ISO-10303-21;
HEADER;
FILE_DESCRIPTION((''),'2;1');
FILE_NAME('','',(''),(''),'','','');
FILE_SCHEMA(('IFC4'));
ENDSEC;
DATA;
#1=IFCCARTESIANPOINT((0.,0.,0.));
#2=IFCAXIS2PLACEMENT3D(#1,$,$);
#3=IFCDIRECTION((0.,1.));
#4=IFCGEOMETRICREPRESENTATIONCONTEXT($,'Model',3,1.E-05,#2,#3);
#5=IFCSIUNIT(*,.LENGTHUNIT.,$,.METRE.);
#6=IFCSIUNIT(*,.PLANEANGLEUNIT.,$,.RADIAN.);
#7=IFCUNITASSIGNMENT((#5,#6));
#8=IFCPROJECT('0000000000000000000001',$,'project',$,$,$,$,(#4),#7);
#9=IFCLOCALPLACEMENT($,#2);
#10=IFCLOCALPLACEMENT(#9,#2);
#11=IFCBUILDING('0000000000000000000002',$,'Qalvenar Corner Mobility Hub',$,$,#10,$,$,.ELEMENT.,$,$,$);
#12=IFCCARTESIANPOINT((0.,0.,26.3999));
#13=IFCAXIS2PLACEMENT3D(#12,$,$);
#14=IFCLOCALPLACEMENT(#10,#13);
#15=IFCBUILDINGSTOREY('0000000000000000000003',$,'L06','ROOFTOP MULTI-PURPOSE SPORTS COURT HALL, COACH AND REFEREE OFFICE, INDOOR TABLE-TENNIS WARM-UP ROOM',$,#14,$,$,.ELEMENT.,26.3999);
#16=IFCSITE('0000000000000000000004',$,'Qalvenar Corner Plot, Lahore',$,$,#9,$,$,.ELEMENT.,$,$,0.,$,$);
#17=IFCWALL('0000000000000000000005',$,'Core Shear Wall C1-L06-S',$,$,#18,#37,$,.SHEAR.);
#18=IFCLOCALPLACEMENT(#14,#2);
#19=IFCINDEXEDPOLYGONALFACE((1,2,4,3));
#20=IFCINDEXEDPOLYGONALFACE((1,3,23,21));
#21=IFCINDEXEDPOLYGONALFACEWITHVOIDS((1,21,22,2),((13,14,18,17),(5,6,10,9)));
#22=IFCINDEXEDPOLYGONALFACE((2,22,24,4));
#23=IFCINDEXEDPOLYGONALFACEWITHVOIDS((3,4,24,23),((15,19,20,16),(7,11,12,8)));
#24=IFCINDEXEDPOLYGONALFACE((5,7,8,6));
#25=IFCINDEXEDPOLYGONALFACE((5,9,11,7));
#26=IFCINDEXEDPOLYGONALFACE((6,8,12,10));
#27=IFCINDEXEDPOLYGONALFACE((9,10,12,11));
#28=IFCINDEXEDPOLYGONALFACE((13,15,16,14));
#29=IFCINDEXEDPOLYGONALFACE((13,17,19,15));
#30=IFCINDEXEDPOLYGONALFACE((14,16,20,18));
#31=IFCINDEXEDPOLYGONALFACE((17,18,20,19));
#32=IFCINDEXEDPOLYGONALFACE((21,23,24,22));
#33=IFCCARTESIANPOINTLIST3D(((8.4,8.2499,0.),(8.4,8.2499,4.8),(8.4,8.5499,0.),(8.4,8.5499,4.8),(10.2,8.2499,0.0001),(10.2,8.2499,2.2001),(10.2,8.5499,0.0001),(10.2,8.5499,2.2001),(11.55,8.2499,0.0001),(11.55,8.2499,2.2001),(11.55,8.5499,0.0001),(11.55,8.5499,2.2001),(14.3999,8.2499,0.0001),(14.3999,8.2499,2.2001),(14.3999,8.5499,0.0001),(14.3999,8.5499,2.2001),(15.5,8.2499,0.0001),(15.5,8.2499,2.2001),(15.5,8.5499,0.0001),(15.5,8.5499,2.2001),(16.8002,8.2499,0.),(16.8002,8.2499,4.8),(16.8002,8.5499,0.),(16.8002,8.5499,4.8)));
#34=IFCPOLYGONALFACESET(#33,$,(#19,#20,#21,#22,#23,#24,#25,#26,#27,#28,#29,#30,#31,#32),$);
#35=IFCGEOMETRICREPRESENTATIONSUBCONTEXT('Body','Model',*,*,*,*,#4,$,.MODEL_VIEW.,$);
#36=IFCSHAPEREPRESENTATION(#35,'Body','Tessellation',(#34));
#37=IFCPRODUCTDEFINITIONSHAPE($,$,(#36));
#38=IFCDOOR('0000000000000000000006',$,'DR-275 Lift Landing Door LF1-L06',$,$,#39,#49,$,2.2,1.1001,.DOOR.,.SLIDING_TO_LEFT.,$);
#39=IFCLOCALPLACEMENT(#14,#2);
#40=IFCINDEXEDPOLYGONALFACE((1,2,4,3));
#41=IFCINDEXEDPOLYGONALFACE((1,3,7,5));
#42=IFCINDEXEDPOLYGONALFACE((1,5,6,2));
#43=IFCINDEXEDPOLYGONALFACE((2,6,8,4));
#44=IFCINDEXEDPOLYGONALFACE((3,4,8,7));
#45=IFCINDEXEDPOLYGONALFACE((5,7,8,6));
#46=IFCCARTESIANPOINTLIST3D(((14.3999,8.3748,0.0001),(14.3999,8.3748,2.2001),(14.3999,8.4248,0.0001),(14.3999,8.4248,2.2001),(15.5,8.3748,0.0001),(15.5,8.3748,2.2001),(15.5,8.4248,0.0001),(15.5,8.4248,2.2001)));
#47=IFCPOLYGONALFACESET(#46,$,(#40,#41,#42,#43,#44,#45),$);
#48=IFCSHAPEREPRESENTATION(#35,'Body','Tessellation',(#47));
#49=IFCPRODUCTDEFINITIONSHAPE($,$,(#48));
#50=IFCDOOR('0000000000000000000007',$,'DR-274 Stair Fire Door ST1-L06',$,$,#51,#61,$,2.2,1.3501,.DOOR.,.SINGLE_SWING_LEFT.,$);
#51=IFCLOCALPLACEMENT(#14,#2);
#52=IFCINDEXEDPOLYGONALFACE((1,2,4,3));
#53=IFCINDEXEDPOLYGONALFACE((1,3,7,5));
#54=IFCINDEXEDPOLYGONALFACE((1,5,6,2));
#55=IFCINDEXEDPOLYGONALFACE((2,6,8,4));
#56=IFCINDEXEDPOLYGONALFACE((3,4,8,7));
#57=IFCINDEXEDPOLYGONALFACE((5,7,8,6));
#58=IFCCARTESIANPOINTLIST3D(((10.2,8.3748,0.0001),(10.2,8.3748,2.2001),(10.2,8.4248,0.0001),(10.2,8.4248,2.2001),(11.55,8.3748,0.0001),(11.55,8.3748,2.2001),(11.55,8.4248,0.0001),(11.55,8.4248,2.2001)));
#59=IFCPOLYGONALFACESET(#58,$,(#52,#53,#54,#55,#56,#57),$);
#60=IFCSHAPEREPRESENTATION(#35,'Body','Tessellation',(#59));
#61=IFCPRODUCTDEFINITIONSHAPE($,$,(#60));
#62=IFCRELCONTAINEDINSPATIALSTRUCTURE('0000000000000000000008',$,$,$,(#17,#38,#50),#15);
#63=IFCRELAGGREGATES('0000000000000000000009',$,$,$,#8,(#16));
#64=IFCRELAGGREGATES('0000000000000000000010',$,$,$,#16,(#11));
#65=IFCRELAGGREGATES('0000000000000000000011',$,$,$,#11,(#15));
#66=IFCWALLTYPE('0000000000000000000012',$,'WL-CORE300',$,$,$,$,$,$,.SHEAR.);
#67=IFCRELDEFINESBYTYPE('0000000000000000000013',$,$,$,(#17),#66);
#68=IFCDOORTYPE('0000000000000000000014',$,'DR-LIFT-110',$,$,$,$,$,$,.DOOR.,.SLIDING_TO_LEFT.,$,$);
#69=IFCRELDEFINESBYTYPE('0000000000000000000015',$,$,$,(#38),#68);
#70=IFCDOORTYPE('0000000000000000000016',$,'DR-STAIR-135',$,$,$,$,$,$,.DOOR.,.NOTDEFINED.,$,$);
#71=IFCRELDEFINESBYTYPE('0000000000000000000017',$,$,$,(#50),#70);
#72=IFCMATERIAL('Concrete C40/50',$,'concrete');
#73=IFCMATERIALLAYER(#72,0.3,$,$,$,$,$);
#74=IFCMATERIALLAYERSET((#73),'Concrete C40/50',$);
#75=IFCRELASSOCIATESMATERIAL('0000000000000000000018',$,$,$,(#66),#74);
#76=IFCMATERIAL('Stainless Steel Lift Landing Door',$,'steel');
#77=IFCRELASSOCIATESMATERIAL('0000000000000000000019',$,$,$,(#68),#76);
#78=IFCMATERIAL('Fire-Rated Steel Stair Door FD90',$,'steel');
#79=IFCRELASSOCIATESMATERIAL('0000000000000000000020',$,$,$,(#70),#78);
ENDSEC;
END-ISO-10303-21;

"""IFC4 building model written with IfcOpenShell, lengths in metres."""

from ifc_helpers import new_model, si_unit, direction, frame, frame_2d, origin, place, context, subcontext, project, spatial, rectangle, extrude, material, layer, layer_set, type_object, element, fill, save


model = new_model("IFC4")

# Units and contexts
model_context = context("Model", 3, precision=1e-05, world=origin(), true_north=direction((0.0, 1.0)))
body_context = subcontext(model_context, "Body", "Model", "MODEL_VIEW")
ifc_project = project(units=[si_unit("LENGTHUNIT", "METRE"), si_unit("PLANEANGLEUNIT", "RADIAN")], contexts=[model_context])

# Site, building, storey
site_placement = place(None, origin())
site = spatial("IfcSite", under=ifc_project, at=site_placement, Name="Qalvenar Corner Plot, Lahore", CompositionType="ELEMENT", RefElevation=0.0)
building_placement = place(site_placement, origin())
building = spatial("IfcBuilding", under=site, at=building_placement, Name="Qalvenar Corner Mobility Hub", CompositionType="ELEMENT")
storey_placement = place(building_placement, frame((0.0, 0.0, 26.3999)))
storey = spatial("IfcBuildingStorey", under=building, at=storey_placement, Name="L06", Description="ROOFTOP MULTI-PURPOSE SPORTS COURT HALL, COACH AND REFEREE OFFICE, INDOOR TABLE-TENNIS WARM-UP ROOM", CompositionType="ELEMENT", Elevation=26.3999)

# Wall, openings, doors
ifc_material_1 = material(Name="Concrete C40/50", Category="concrete")
ifc_layer_1 = layer(ifc_material_1, 0.3)
ifc_layer_set_1 = layer_set([ifc_layer_1], Name="Concrete C40/50")
wall_type = type_object("IfcWallType", Name="WL-CORE300", PredefinedType="SHEAR", material=ifc_layer_set_1)
wall_placement = place(storey_placement, frame((8.3999, 8.3999, 0.0), z_axis=(0.0, 0.0, 1.0), x_axis=(1.0, 0.0, 0.0)))
wall = element("IfcWall", 1, at=wall_placement, inside=storey, type_object=wall_type, Name="Core Shear Wall C1-L06-S", PredefinedType="SHEAR", context=body_context, shape_type="SweptSolid", body=[
    extrude(rectangle(XDim=8.4001, YDim=0.3, at=frame_2d((4.2002, 0.0))), origin(), (0.0, 0.0, 1.0), 4.8),
])
opening_1_placement = place(wall_placement, frame((1.8, 0.0, 0.0)))
opening_1 = element("IfcOpeningElement", 2, at=opening_1_placement, cuts=wall, PredefinedType="OPENING", context=body_context, shape_type="SweptSolid", body=[
    extrude(rectangle(XDim=1.3501, YDim=2.2, at=frame_2d((0.675, 1.1001))), frame((0.0, 0.1602, 0.0), z_axis=(0.0, -1.0, 0.0), x_axis=(1.0, 0.0, 0.0)), (0.0, 0.0, 1.0), 0.3201),
])
opening_2_placement = place(wall_placement, frame((6.0, 0.0, 0.0)))
opening_2 = element("IfcOpeningElement", 3, at=opening_2_placement, cuts=wall, PredefinedType="OPENING", context=body_context, shape_type="SweptSolid", body=[
    extrude(rectangle(XDim=1.1001, YDim=2.2, at=frame_2d((0.55, 1.1001))), frame((0.0, 0.1602, 0.0), z_axis=(0.0, -1.0, 0.0), x_axis=(1.0, 0.0, 0.0)), (0.0, 0.0, 1.0), 0.3201),
])
ifc_material_2 = material(Name="Stainless Steel Lift Landing Door", Category="steel")
door_type_1 = type_object("IfcDoorType", Name="DR-LIFT-110", OperationType="SLIDING_TO_LEFT", PredefinedType="DOOR", material=ifc_material_2)
door_1_placement = place(opening_2_placement, origin())
door_1 = element("IfcDoor", 4, at=door_1_placement, inside=storey, type_object=door_type_1, Name="DR-275 Lift Landing Door LF1-L06", OperationType="SLIDING_TO_LEFT", OverallHeight=2.2, OverallWidth=1.1001, PredefinedType="DOOR", context=body_context, shape_type="SweptSolid", body=[
    extrude(rectangle(XDim=1.1001, YDim=2.2, at=frame_2d((0.55, 1.1001))), frame((0.0, 0.0249, 0.0), z_axis=(0.0, -1.0, 0.0), x_axis=(1.0, 0.0, 0.0)), (0.0, 0.0, 1.0), 0.05),
])
fill(opening_2, door_1)
ifc_material_3 = material(Name="Fire-Rated Steel Stair Door FD90", Category="steel")
door_type_2 = type_object("IfcDoorType", Name="DR-STAIR-135", OperationType="NOTDEFINED", PredefinedType="DOOR", material=ifc_material_3)
door_2_placement = place(opening_1_placement, origin())
door_2 = element("IfcDoor", 5, at=door_2_placement, inside=storey, type_object=door_type_2, Name="DR-274 Stair Fire Door ST1-L06", OperationType="SINGLE_SWING_LEFT", OverallHeight=2.2, OverallWidth=1.3501, PredefinedType="DOOR", context=body_context, shape_type="SweptSolid", body=[
    extrude(rectangle(XDim=1.3501, YDim=2.2, at=frame_2d((0.675, 1.1001))), frame((0.0, 0.0249, 0.0), z_axis=(0.0, -1.0, 0.0), x_axis=(1.0, 0.0, 0.0)), (0.0, 0.0, 1.0), 0.05),
])
fill(opening_1, door_2)

save(model, "model.ifc")
